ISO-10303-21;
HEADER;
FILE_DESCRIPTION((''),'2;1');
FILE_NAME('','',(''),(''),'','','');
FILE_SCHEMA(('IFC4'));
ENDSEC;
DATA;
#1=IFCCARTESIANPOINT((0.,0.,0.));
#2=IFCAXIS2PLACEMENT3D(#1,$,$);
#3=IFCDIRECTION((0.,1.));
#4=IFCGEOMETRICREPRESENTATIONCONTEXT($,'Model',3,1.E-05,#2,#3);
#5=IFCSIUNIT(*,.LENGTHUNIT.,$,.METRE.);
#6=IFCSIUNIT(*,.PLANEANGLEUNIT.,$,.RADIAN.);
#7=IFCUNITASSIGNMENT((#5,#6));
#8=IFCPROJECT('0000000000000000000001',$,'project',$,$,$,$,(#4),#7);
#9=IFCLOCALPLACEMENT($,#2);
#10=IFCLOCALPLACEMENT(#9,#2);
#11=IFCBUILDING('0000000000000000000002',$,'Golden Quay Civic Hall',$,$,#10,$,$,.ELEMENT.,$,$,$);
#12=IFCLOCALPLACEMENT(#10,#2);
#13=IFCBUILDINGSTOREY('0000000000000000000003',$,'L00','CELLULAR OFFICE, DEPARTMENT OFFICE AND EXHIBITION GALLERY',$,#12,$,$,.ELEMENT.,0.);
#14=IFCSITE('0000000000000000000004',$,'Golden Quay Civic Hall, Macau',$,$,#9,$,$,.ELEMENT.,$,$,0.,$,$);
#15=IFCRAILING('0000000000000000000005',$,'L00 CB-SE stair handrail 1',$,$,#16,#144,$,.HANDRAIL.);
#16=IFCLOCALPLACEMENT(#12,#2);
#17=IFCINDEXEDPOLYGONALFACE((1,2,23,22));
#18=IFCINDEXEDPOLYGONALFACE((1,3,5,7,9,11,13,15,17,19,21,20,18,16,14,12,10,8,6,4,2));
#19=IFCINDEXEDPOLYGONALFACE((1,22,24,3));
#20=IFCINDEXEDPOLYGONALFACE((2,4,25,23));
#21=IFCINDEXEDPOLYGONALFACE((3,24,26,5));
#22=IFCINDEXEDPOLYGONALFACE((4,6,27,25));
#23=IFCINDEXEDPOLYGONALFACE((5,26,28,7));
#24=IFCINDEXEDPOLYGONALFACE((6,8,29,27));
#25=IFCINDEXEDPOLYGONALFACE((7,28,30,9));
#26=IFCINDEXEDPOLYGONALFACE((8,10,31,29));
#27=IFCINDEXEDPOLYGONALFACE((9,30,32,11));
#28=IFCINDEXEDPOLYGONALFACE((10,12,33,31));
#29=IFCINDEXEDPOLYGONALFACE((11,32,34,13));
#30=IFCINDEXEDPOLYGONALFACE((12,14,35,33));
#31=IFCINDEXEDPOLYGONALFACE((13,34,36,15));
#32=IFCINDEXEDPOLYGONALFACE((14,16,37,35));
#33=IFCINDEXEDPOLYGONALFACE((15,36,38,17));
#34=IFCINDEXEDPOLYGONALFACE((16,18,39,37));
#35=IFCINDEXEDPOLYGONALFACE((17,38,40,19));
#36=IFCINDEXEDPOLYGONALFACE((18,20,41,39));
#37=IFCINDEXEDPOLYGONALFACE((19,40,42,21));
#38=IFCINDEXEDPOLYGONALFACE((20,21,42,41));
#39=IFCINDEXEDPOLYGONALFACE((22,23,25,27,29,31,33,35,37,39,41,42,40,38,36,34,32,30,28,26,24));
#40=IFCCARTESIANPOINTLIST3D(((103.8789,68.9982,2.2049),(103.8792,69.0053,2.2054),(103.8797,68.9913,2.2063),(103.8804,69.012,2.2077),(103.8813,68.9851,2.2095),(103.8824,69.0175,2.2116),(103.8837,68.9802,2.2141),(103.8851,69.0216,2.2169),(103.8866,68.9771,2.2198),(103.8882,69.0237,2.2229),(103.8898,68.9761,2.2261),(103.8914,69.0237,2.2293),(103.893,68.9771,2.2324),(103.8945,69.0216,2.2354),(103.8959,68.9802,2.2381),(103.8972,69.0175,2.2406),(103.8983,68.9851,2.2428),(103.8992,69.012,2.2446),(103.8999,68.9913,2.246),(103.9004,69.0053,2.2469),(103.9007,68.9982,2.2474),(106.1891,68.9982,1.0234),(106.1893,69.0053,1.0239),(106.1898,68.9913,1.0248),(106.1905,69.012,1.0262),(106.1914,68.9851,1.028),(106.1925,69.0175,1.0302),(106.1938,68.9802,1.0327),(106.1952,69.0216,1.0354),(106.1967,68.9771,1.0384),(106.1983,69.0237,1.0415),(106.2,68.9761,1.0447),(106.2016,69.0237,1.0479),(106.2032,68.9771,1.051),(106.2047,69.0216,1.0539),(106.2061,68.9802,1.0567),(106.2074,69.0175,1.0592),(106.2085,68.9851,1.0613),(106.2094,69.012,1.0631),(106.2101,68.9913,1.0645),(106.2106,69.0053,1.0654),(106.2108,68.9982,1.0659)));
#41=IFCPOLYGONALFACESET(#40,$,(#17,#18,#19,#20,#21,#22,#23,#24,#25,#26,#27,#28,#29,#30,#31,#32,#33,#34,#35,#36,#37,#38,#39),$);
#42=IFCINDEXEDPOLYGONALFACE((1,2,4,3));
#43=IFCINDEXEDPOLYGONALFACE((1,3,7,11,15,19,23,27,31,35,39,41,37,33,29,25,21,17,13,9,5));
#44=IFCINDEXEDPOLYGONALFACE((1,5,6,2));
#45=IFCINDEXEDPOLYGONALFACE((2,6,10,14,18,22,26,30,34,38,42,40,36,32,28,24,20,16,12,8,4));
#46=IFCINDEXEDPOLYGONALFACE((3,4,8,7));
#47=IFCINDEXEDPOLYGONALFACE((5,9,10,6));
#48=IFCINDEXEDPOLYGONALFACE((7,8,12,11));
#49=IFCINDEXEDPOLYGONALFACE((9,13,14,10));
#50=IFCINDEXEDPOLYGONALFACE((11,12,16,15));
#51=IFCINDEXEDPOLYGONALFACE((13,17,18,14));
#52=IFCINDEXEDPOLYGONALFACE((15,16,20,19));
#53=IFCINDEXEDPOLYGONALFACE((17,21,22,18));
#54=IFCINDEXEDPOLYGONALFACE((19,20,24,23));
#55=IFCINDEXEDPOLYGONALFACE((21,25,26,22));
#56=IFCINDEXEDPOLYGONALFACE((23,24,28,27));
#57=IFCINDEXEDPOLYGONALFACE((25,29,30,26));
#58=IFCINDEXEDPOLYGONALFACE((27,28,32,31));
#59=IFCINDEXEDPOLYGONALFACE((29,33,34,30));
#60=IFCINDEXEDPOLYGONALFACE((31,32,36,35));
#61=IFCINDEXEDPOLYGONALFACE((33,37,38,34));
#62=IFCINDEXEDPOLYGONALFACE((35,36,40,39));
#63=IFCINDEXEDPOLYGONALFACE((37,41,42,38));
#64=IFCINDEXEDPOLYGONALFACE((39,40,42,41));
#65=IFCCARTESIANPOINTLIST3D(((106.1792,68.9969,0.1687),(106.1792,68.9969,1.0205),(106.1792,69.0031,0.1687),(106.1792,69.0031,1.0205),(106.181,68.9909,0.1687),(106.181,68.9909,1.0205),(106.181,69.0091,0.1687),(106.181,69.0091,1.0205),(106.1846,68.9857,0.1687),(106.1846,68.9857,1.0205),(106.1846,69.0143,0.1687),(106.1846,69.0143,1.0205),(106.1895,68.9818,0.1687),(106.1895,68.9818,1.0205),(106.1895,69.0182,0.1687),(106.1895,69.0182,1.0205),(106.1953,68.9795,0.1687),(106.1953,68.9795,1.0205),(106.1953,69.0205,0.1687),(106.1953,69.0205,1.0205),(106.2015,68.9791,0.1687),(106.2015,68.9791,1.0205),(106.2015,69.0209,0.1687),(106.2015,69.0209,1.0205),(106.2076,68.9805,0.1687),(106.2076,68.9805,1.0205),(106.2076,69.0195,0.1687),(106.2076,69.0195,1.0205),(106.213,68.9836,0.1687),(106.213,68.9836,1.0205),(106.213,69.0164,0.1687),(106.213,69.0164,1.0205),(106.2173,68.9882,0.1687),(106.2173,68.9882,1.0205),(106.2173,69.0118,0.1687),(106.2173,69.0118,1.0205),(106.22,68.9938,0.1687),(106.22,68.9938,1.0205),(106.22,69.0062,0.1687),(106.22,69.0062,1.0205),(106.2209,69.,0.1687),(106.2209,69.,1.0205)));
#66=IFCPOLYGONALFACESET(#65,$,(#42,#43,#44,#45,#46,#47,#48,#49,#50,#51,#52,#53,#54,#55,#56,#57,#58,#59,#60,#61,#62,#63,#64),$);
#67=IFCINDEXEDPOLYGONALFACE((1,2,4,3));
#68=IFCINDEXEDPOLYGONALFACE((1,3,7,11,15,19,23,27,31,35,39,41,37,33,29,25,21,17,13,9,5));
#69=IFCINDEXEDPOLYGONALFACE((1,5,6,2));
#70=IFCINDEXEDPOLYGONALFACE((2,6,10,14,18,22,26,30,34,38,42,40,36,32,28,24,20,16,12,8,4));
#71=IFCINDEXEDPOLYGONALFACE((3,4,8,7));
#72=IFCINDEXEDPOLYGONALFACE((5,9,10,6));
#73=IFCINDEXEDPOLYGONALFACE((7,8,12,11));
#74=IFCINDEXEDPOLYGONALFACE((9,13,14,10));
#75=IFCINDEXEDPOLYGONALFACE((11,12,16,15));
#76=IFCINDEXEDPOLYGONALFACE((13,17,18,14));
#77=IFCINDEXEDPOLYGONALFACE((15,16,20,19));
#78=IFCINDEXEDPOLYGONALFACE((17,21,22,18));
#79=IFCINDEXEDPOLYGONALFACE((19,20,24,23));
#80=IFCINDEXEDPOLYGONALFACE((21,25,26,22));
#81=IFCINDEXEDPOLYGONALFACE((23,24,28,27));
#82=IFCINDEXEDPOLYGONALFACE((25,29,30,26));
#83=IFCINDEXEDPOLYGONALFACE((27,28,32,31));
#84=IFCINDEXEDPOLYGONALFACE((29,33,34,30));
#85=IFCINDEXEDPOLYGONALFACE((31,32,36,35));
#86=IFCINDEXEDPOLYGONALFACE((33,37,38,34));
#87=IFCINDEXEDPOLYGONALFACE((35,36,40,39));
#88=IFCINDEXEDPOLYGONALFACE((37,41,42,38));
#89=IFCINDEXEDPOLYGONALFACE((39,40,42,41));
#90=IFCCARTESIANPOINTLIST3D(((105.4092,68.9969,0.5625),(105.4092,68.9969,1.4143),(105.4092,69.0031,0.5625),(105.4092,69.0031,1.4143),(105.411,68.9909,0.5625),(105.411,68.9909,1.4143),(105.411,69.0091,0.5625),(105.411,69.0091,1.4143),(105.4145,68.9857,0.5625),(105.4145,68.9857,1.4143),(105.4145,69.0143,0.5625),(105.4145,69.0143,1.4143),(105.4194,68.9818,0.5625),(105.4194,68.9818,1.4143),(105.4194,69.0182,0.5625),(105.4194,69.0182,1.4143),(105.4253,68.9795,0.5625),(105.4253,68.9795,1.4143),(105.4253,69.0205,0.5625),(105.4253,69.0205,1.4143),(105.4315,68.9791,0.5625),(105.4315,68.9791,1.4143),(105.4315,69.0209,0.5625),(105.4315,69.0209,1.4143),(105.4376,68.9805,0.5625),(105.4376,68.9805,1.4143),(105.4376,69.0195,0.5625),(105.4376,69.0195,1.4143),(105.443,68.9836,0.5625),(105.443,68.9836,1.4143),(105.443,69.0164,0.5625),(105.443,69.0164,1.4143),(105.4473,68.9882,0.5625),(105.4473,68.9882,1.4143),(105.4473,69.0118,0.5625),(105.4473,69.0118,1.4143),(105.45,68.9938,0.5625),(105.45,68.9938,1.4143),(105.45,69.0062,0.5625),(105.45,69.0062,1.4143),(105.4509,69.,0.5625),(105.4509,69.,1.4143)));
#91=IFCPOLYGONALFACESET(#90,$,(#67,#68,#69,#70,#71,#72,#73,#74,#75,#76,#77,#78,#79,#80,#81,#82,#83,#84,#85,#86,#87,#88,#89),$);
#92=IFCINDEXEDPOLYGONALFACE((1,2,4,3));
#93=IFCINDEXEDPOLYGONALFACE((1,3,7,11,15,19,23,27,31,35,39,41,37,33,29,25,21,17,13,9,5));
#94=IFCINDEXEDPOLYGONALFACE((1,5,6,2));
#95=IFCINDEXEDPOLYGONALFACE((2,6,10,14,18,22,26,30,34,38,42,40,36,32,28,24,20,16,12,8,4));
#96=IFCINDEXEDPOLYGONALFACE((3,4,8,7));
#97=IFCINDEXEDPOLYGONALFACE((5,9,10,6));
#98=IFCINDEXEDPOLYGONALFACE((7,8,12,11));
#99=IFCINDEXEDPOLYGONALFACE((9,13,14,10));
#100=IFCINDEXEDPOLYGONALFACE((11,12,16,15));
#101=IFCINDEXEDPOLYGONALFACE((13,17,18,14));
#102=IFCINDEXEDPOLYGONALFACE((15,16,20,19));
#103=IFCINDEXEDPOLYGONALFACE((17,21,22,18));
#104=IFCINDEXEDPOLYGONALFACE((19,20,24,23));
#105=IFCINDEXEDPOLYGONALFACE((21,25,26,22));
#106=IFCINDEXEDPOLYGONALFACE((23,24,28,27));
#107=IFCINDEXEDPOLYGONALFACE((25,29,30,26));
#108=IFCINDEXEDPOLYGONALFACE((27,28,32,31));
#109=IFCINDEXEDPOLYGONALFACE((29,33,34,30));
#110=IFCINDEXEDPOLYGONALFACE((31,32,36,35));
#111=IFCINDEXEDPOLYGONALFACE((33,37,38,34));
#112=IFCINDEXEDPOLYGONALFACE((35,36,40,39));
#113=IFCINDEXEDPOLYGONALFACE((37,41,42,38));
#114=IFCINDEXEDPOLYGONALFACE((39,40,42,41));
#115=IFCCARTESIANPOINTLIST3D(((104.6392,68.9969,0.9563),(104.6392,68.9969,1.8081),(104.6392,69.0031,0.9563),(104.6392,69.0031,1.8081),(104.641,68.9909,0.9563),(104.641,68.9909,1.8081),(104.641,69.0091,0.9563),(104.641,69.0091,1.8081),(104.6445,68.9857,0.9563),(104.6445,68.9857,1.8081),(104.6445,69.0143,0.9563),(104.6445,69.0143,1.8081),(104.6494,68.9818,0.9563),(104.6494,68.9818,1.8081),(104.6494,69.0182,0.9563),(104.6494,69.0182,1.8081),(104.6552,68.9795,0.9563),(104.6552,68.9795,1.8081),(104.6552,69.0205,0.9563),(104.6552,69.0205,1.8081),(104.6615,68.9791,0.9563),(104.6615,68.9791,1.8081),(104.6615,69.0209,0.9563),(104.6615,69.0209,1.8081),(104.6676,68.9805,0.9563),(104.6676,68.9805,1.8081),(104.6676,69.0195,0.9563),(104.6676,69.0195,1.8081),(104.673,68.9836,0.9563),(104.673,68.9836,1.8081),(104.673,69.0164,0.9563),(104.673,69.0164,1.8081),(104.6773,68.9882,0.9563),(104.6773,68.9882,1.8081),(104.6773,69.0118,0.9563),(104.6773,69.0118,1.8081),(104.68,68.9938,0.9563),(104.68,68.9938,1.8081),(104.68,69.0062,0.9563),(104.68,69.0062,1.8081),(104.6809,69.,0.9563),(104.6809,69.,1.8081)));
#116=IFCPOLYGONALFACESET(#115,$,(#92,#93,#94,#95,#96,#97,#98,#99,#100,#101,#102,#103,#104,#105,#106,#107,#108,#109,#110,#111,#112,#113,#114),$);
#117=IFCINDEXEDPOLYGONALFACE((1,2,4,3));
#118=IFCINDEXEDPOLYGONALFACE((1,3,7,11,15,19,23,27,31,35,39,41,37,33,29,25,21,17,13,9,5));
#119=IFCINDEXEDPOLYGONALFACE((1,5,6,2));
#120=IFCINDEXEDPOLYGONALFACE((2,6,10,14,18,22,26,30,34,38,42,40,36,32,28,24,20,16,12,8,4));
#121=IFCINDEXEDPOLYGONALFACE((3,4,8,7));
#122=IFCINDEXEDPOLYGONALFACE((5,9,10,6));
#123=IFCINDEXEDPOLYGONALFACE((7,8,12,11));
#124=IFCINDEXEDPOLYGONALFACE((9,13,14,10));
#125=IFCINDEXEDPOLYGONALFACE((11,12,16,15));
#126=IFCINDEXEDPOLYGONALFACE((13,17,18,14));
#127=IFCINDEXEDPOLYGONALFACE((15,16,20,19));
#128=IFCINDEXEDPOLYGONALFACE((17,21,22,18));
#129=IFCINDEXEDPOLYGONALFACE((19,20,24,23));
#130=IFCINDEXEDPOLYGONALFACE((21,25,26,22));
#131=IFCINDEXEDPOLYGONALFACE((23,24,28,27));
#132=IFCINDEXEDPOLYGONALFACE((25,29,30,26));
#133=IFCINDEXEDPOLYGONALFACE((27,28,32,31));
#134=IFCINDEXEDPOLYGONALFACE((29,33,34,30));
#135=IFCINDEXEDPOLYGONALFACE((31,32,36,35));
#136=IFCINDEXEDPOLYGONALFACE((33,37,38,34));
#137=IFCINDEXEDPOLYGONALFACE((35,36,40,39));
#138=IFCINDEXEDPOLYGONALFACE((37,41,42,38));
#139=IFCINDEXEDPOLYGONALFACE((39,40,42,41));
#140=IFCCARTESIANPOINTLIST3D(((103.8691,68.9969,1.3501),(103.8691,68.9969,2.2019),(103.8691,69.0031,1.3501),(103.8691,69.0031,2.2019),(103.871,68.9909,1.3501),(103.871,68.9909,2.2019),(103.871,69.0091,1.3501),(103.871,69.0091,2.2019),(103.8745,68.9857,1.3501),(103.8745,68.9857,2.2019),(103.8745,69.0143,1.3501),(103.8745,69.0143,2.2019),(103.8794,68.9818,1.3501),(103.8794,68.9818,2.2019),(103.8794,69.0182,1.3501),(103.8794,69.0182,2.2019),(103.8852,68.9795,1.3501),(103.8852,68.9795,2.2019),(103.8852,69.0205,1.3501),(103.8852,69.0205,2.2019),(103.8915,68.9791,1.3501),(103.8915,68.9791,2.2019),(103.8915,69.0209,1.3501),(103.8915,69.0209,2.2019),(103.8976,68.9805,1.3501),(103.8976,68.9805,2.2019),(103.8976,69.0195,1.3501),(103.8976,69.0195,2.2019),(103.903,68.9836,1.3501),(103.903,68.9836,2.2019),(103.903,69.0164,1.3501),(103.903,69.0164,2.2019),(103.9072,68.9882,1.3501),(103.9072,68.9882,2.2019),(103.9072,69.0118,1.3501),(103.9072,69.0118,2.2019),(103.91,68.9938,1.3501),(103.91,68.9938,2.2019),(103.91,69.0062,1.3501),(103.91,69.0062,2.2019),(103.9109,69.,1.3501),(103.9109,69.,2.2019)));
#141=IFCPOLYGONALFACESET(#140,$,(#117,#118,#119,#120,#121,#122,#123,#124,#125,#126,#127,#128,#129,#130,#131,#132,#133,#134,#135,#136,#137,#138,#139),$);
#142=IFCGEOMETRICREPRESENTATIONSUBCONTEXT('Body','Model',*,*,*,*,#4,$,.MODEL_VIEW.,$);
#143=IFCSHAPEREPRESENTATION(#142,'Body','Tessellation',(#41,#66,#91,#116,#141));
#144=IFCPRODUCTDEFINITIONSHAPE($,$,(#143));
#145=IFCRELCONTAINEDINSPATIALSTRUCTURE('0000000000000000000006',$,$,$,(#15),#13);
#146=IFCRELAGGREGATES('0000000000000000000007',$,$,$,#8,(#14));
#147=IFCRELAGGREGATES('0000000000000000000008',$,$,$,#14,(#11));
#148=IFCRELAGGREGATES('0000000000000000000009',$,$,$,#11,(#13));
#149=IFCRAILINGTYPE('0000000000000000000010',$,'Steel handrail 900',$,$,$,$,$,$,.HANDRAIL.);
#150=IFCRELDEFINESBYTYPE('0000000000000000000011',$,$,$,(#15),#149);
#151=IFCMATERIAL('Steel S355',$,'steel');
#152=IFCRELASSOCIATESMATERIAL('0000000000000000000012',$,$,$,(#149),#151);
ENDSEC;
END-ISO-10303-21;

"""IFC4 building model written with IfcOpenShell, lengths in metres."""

from ifc_helpers import new_model, si_unit, direction, frame, origin, origin_2d, place, context, subcontext, project, spatial, circle, extrude, material, type_object, element, save


model = new_model("IFC4")

# Units and contexts
model_context = context("Model", 3, precision=1e-05, world=origin(), true_north=direction((0.0, 1.0)))
body_context = subcontext(model_context, "Body", "Model", "MODEL_VIEW")
ifc_project = project(units=[si_unit("LENGTHUNIT", "METRE"), si_unit("PLANEANGLEUNIT", "RADIAN")], contexts=[model_context])

# Site, building, storey
site_placement = place(None, origin())
site = spatial("IfcSite", under=ifc_project, at=site_placement, Name="Golden Quay Civic Hall, Macau", CompositionType="ELEMENT", RefElevation=0.0)
building_placement = place(site_placement, origin())
building = spatial("IfcBuilding", under=site, at=building_placement, Name="Golden Quay Civic Hall", CompositionType="ELEMENT")
storey_placement = place(building_placement, origin())
storey = spatial("IfcBuildingStorey", under=building, at=storey_placement, Name="L00", Description="CELLULAR OFFICE, DEPARTMENT OFFICE AND EXHIBITION GALLERY", CompositionType="ELEMENT", Elevation=0.0)

# Railing
ifc_material_1 = material(Name="Steel S355", Category="steel")
railing_type_1 = type_object("IfcRailingType", Name="Steel handrail 900", PredefinedType="HANDRAIL", material=ifc_material_1)
for number, where, name in (
    (1, (106.2, 69.0, 0.1687), "L00 CB-SE stair handrail 1"),
):
    element("IfcRailing", number, at=place(storey_placement, frame(where)), inside=storey, type_object=railing_type_1, Name=name, PredefinedType="HANDRAIL", context=body_context, shape_type="SweptSolid", body=[
        extrude(circle(Radius=0.0239, at=origin_2d()), frame((0.0, 0.0, 0.876), z_axis=(-0.890325, 0.0, 0.455325), x_axis=(0.0, -1.0, 0.0)), (0.0, 0.0, 1.0), 2.5947),
        extrude(circle(Radius=0.021, at=origin_2d()), origin(), (0.0, 0.0, 1.0), 0.8518),
        extrude(circle(Radius=0.021, at=origin_2d()), frame((-0.77, 0.0, 0.3938)), (0.0, 0.0, 1.0), 0.8518),
        extrude(circle(Radius=0.021, at=origin_2d()), frame((-1.54, 0.0, 0.7876)), (0.0, 0.0, 1.0), 0.8518),
        extrude(circle(Radius=0.021, at=origin_2d()), frame((-2.3101, 0.0, 1.1814)), (0.0, 0.0, 1.0), 0.8518),
    ])

save(model, "model.ifc")
